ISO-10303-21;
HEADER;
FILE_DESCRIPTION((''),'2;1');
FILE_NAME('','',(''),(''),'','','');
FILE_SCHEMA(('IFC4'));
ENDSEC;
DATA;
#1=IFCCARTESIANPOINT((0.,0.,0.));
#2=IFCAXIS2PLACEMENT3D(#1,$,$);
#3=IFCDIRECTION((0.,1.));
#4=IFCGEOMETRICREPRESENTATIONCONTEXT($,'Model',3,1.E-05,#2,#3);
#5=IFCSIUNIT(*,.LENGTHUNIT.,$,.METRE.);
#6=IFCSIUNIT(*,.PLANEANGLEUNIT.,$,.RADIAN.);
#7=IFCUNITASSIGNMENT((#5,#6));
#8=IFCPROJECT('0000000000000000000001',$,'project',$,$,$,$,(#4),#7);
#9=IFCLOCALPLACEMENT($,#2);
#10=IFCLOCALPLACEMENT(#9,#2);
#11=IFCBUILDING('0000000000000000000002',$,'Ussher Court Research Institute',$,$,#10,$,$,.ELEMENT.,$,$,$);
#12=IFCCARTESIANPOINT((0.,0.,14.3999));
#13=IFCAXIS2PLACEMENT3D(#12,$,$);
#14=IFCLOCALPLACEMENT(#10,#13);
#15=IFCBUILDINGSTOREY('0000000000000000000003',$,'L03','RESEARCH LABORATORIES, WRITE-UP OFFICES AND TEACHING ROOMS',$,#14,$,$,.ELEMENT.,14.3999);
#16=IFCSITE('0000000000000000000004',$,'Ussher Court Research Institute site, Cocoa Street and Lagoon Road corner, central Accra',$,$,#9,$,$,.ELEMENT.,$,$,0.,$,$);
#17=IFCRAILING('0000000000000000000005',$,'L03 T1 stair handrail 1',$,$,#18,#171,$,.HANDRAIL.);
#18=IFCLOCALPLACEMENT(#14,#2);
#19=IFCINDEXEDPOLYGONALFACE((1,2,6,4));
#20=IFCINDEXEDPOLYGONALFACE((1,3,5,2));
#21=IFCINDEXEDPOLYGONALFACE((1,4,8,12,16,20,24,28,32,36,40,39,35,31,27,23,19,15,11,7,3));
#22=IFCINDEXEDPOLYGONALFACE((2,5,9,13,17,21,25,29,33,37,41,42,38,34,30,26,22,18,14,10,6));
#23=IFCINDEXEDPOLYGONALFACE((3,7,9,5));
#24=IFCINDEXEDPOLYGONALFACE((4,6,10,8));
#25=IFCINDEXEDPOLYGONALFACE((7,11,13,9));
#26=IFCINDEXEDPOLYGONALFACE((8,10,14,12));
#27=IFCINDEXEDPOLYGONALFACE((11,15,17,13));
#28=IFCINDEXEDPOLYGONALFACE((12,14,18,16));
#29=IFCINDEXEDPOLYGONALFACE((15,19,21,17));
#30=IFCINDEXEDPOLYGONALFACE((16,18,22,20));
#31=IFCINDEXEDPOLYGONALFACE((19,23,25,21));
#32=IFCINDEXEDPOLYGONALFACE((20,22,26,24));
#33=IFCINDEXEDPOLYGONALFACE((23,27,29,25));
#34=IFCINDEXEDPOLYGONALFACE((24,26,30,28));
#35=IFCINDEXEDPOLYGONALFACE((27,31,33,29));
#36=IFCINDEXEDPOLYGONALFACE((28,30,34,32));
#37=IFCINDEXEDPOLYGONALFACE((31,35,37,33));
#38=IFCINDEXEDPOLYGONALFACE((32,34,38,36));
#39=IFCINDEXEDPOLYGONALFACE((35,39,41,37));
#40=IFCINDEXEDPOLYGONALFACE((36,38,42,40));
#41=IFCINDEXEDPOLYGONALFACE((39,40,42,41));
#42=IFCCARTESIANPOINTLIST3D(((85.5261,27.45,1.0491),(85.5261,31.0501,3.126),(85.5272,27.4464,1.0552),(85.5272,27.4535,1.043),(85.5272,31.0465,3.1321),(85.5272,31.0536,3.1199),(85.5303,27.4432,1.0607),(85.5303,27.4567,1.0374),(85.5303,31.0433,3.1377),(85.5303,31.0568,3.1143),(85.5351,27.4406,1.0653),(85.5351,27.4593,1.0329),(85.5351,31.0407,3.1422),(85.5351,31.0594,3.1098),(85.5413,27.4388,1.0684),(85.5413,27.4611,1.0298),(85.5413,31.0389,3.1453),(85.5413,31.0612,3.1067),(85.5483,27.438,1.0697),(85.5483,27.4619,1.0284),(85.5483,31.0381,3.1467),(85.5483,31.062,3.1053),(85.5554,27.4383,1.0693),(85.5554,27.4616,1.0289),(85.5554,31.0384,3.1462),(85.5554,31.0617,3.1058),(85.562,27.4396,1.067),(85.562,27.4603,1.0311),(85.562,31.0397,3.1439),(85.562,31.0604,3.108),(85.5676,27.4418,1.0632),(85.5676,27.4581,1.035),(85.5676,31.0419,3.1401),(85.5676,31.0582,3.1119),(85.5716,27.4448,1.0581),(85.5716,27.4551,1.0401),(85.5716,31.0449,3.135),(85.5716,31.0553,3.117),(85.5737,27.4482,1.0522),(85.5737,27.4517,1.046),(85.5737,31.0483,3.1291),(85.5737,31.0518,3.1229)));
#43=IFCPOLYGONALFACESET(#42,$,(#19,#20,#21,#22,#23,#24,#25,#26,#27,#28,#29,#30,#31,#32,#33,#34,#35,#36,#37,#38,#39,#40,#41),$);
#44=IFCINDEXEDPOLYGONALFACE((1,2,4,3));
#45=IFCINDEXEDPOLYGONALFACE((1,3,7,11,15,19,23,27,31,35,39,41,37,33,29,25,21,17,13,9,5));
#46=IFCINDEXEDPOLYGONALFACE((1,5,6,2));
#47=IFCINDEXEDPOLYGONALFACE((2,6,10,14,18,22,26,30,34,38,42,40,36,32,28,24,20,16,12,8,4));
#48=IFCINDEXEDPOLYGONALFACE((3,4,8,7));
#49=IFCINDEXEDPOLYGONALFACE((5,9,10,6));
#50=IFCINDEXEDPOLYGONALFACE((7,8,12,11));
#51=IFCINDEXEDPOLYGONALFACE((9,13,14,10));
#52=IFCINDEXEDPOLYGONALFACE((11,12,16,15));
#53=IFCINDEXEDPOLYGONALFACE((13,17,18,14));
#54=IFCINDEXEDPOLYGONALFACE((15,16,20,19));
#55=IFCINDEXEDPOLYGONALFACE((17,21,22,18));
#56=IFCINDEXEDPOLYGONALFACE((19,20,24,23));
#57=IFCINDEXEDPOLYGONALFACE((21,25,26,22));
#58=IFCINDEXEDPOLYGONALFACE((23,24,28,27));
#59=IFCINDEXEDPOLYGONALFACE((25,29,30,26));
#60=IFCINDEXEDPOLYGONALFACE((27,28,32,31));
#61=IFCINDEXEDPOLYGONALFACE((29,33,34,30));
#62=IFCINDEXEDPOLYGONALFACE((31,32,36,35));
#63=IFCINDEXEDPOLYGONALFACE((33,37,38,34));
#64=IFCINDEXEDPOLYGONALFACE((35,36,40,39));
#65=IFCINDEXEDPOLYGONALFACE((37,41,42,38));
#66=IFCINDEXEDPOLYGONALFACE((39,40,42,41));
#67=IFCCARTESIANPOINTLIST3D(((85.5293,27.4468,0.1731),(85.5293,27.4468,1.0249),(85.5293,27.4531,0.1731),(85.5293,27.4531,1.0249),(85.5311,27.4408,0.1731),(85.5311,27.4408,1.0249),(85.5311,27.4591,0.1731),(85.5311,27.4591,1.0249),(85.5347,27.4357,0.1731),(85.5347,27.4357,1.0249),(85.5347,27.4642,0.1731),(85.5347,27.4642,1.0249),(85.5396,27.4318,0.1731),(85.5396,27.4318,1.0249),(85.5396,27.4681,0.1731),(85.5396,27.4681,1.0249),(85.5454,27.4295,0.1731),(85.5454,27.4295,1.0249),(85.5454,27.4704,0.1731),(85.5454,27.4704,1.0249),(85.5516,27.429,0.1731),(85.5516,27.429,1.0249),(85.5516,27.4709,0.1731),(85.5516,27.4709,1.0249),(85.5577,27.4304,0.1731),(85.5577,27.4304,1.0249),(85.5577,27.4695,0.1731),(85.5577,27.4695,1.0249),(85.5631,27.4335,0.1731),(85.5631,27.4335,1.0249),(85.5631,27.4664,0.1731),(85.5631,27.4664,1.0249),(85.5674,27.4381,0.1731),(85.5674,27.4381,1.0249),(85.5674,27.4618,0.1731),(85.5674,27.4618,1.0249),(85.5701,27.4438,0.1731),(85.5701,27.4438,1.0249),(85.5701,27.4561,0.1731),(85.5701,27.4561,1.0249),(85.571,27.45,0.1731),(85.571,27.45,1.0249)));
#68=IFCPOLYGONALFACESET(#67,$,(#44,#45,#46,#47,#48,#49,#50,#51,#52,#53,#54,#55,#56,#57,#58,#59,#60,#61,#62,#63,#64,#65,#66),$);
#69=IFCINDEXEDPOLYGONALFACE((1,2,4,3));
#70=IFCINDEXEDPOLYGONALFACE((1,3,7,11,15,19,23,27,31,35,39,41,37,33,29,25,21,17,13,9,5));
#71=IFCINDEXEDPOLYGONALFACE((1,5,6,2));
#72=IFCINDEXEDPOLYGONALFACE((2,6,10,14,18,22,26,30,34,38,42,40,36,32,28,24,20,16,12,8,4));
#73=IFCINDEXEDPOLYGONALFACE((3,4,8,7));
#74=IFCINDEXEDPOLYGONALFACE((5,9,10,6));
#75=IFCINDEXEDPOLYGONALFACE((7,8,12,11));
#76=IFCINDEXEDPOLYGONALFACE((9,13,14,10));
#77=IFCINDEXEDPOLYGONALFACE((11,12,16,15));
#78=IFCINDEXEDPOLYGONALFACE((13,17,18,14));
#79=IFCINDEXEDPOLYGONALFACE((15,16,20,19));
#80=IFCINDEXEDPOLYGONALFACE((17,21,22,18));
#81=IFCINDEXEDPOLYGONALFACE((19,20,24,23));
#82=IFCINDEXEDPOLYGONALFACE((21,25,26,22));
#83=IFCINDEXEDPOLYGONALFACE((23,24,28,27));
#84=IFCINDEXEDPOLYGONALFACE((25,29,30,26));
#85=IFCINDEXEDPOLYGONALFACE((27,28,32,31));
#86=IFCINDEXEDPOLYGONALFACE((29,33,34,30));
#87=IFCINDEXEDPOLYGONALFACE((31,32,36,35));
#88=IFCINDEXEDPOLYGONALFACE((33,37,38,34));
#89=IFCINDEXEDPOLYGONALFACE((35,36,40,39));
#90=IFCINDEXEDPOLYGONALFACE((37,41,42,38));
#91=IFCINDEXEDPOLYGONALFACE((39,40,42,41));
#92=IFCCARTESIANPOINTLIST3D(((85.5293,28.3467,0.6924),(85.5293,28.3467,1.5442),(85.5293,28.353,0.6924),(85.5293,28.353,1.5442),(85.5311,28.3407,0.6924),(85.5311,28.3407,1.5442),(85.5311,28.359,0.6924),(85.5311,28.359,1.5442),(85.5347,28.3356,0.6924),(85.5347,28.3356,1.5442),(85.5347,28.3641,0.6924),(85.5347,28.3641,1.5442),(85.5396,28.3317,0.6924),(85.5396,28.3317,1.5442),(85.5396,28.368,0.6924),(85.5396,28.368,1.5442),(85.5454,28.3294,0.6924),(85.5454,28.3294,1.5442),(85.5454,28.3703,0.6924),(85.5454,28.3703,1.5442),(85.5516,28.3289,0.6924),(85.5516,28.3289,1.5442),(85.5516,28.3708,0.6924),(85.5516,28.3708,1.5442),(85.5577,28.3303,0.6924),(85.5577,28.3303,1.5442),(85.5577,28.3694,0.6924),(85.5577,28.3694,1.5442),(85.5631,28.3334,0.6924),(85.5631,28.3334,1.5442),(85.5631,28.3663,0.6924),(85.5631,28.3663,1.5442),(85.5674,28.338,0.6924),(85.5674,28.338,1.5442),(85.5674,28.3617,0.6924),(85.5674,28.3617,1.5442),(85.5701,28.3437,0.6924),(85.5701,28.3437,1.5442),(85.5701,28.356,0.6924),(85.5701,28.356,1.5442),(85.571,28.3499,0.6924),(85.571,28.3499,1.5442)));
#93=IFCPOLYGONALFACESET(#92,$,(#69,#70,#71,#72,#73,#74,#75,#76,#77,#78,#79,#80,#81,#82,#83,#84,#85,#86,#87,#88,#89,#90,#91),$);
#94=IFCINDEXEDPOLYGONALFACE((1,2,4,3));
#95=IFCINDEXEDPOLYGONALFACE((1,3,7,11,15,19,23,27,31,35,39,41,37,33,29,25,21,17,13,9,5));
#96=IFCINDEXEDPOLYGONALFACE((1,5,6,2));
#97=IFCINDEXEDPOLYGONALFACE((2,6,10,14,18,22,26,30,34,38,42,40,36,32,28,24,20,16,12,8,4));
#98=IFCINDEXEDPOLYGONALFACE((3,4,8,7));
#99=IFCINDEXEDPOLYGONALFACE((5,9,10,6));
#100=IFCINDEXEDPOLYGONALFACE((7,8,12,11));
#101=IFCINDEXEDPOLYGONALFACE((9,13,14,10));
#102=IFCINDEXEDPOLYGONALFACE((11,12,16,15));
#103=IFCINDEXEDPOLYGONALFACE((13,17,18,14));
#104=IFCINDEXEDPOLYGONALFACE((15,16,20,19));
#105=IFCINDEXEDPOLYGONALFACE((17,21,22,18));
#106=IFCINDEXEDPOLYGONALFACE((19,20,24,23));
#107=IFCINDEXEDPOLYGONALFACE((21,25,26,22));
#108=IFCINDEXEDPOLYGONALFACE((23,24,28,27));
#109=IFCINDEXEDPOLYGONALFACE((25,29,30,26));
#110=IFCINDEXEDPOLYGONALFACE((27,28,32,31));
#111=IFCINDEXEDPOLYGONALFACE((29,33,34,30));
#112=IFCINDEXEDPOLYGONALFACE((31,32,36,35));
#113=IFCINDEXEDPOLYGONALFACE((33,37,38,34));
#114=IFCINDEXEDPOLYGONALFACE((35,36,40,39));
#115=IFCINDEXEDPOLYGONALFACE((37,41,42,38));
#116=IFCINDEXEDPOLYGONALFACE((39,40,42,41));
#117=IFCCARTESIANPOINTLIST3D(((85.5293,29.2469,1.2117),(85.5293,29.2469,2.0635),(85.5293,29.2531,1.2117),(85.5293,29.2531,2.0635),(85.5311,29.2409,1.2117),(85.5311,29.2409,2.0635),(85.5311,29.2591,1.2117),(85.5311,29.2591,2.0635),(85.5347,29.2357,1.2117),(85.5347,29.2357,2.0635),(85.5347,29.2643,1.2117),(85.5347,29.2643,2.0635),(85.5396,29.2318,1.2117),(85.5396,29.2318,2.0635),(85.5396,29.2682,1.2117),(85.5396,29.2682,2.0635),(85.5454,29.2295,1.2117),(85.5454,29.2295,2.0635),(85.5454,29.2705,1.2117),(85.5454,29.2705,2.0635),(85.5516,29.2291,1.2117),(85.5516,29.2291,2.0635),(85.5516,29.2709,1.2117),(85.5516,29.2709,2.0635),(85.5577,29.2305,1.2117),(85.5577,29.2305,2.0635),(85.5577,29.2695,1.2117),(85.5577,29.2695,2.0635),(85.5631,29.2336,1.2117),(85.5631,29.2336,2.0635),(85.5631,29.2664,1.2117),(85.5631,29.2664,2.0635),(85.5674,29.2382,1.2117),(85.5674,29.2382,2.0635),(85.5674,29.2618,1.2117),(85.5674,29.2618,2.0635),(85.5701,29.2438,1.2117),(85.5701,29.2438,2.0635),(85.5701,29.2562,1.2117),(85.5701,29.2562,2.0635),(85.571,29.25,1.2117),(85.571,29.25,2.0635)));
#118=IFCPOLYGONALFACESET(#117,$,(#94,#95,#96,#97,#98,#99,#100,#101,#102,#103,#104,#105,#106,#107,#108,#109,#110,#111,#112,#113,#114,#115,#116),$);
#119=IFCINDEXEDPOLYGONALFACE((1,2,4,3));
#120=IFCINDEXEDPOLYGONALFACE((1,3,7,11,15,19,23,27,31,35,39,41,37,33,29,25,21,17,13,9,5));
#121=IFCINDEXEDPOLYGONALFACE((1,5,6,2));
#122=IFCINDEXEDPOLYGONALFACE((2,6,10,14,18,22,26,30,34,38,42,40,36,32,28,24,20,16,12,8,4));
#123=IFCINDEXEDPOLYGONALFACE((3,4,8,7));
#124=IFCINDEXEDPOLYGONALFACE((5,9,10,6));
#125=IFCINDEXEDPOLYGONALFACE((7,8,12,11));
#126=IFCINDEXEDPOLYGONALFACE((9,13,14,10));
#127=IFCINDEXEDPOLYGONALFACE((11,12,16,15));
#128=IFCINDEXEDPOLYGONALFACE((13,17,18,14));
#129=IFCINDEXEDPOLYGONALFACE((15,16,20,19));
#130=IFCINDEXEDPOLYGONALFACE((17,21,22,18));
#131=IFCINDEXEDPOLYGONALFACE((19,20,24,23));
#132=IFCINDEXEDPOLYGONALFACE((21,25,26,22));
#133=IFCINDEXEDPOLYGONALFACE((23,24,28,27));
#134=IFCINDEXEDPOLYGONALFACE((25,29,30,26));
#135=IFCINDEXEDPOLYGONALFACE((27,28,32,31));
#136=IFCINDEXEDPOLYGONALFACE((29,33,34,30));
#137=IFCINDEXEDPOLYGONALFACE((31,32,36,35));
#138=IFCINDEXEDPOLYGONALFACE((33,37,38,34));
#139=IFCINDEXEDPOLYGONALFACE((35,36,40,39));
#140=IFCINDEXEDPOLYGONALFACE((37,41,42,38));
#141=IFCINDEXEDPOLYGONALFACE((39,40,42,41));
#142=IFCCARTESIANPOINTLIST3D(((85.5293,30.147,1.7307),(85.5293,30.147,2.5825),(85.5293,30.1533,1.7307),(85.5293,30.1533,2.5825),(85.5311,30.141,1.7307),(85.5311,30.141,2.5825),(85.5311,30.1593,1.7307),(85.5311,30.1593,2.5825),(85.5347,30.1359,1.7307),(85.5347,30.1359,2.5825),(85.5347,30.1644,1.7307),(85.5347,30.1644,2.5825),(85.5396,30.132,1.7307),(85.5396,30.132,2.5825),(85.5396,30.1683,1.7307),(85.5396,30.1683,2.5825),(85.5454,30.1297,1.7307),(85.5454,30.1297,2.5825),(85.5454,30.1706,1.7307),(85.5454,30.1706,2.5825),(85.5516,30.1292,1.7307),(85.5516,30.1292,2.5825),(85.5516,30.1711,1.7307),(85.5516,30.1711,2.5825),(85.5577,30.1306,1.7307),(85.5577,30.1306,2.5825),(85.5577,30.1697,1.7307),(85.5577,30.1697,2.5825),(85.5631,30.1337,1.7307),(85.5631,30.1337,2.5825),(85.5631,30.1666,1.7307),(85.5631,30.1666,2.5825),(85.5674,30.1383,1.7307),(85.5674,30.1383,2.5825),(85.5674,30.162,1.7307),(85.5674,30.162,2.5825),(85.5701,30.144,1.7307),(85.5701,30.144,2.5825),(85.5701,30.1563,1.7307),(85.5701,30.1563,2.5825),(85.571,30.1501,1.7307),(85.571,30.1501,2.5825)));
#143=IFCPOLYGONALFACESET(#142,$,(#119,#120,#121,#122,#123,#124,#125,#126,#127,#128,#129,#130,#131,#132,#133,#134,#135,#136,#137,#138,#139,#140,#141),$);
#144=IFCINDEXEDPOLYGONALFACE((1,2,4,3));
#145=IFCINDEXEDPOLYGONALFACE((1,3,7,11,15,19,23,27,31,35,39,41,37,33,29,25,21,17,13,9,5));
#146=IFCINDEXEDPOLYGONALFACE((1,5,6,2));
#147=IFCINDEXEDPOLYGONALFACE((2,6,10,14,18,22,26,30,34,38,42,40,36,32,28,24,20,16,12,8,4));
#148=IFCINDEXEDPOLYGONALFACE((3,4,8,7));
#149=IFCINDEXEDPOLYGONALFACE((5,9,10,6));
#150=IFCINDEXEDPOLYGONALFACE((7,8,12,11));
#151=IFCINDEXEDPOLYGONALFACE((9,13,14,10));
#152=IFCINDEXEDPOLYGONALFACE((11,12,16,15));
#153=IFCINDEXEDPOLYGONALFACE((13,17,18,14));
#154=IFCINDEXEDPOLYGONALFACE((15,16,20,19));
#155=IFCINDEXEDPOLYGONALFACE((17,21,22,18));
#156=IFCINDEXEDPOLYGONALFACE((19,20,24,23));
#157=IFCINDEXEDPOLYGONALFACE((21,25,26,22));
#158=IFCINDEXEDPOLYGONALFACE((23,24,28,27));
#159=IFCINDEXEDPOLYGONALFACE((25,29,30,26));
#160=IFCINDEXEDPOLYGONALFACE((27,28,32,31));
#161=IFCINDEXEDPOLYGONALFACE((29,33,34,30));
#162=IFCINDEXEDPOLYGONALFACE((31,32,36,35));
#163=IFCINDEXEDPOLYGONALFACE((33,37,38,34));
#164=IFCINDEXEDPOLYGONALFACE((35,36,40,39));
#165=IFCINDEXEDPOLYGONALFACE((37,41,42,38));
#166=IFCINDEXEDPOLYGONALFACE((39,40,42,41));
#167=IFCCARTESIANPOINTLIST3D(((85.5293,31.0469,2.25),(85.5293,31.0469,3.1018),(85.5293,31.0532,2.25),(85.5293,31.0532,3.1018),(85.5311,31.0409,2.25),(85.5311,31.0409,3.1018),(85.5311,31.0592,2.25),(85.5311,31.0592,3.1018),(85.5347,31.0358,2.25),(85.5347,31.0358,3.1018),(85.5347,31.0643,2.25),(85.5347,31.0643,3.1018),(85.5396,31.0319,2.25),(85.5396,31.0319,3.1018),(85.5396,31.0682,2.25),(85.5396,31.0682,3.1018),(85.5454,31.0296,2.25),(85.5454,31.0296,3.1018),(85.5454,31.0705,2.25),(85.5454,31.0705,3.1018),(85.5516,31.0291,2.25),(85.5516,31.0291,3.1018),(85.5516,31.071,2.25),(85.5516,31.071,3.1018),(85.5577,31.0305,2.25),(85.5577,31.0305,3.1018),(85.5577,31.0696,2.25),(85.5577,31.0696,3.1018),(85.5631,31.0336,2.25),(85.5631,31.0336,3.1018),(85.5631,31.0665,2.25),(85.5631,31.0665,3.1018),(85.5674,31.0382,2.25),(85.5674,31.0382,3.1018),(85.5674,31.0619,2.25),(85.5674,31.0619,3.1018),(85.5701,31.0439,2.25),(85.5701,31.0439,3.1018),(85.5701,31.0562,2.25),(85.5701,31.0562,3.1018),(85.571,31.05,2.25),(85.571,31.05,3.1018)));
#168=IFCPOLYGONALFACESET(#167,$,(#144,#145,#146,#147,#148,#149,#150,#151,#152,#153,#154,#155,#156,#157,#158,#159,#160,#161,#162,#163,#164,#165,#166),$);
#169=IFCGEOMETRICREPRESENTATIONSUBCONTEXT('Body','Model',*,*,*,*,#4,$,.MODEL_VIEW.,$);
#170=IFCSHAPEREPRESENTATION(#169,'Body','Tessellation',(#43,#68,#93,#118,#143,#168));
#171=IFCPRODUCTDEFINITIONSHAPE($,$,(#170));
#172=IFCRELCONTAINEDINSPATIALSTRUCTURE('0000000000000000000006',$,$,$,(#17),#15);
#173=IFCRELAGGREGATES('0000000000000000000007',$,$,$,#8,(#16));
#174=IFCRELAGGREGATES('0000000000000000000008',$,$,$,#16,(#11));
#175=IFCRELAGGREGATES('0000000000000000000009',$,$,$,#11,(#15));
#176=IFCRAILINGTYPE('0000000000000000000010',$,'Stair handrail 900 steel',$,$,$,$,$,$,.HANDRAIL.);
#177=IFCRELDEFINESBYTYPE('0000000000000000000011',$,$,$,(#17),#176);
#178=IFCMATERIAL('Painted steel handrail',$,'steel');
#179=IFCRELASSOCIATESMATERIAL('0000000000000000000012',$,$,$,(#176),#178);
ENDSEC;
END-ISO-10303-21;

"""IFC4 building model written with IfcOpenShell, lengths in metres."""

from ifc_helpers import new_model, si_unit, direction, frame, origin, origin_2d, place, context, subcontext, project, spatial, circle, extrude, material, type_object, element, save


model = new_model("IFC4")

# Units and contexts
model_context = context("Model", 3, precision=1e-05, world=origin(), true_north=direction((0.0, 1.0)))
body_context = subcontext(model_context, "Body", "Model", "MODEL_VIEW")
ifc_project = project(units=[si_unit("LENGTHUNIT", "METRE"), si_unit("PLANEANGLEUNIT", "RADIAN")], contexts=[model_context])

# Site, building, storey
site_placement = place(None, origin())
site = spatial("IfcSite", under=ifc_project, at=site_placement, Name="Ussher Court Research Institute site, Cocoa Street and Lagoon Road corner, central Accra", CompositionType="ELEMENT", RefElevation=0.0)
building_placement = place(site_placement, origin())
building = spatial("IfcBuilding", under=site, at=building_placement, Name="Ussher Court Research Institute", CompositionType="ELEMENT")
storey_placement = place(building_placement, frame((0.0, 0.0, 14.3999)))
storey = spatial("IfcBuildingStorey", under=building, at=storey_placement, Name="L03", Description="RESEARCH LABORATORIES, WRITE-UP OFFICES AND TEACHING ROOMS", CompositionType="ELEMENT", Elevation=14.3999)

# Railing
ifc_material_1 = material(Name="Painted steel handrail", Category="steel")
railing_type = type_object("IfcRailingType", Name="Stair handrail 900 steel", PredefinedType="HANDRAIL", material=ifc_material_1)
railing_placement = place(storey_placement, frame((85.55, 27.45, 0.1731)))
element("IfcRailing", 1, at=railing_placement, inside=storey, type_object=railing_type, Name="L03 T1 stair handrail 1", PredefinedType="HANDRAIL", context=body_context, shape_type="SweptSolid", body=[
    extrude(circle(Radius=0.0239, at=origin_2d()), frame((0.0, 0.0, 0.876), z_axis=(0.0, 0.866193, 0.499709), x_axis=(-1.0, 0.0, 0.0)), (0.0, 0.0, 1.0), 4.1562),
    extrude(circle(Radius=0.021, at=origin_2d()), origin(), (0.0, 0.0, 1.0), 0.8518),
    extrude(circle(Radius=0.021, at=origin_2d()), frame((0.0, 0.8999, 0.5193)), (0.0, 0.0, 1.0), 0.8518),
    extrude(circle(Radius=0.021, at=origin_2d()), frame((0.0, 1.8, 1.0386)), (0.0, 0.0, 1.0), 0.8518),
    extrude(circle(Radius=0.021, at=origin_2d()), frame((0.0, 2.7002, 1.5576)), (0.0, 0.0, 1.0), 0.8518),
    extrude(circle(Radius=0.021, at=origin_2d()), frame((0.0, 3.6001, 2.0769)), (0.0, 0.0, 1.0), 0.8518),
])

save(model, "model.ifc")
